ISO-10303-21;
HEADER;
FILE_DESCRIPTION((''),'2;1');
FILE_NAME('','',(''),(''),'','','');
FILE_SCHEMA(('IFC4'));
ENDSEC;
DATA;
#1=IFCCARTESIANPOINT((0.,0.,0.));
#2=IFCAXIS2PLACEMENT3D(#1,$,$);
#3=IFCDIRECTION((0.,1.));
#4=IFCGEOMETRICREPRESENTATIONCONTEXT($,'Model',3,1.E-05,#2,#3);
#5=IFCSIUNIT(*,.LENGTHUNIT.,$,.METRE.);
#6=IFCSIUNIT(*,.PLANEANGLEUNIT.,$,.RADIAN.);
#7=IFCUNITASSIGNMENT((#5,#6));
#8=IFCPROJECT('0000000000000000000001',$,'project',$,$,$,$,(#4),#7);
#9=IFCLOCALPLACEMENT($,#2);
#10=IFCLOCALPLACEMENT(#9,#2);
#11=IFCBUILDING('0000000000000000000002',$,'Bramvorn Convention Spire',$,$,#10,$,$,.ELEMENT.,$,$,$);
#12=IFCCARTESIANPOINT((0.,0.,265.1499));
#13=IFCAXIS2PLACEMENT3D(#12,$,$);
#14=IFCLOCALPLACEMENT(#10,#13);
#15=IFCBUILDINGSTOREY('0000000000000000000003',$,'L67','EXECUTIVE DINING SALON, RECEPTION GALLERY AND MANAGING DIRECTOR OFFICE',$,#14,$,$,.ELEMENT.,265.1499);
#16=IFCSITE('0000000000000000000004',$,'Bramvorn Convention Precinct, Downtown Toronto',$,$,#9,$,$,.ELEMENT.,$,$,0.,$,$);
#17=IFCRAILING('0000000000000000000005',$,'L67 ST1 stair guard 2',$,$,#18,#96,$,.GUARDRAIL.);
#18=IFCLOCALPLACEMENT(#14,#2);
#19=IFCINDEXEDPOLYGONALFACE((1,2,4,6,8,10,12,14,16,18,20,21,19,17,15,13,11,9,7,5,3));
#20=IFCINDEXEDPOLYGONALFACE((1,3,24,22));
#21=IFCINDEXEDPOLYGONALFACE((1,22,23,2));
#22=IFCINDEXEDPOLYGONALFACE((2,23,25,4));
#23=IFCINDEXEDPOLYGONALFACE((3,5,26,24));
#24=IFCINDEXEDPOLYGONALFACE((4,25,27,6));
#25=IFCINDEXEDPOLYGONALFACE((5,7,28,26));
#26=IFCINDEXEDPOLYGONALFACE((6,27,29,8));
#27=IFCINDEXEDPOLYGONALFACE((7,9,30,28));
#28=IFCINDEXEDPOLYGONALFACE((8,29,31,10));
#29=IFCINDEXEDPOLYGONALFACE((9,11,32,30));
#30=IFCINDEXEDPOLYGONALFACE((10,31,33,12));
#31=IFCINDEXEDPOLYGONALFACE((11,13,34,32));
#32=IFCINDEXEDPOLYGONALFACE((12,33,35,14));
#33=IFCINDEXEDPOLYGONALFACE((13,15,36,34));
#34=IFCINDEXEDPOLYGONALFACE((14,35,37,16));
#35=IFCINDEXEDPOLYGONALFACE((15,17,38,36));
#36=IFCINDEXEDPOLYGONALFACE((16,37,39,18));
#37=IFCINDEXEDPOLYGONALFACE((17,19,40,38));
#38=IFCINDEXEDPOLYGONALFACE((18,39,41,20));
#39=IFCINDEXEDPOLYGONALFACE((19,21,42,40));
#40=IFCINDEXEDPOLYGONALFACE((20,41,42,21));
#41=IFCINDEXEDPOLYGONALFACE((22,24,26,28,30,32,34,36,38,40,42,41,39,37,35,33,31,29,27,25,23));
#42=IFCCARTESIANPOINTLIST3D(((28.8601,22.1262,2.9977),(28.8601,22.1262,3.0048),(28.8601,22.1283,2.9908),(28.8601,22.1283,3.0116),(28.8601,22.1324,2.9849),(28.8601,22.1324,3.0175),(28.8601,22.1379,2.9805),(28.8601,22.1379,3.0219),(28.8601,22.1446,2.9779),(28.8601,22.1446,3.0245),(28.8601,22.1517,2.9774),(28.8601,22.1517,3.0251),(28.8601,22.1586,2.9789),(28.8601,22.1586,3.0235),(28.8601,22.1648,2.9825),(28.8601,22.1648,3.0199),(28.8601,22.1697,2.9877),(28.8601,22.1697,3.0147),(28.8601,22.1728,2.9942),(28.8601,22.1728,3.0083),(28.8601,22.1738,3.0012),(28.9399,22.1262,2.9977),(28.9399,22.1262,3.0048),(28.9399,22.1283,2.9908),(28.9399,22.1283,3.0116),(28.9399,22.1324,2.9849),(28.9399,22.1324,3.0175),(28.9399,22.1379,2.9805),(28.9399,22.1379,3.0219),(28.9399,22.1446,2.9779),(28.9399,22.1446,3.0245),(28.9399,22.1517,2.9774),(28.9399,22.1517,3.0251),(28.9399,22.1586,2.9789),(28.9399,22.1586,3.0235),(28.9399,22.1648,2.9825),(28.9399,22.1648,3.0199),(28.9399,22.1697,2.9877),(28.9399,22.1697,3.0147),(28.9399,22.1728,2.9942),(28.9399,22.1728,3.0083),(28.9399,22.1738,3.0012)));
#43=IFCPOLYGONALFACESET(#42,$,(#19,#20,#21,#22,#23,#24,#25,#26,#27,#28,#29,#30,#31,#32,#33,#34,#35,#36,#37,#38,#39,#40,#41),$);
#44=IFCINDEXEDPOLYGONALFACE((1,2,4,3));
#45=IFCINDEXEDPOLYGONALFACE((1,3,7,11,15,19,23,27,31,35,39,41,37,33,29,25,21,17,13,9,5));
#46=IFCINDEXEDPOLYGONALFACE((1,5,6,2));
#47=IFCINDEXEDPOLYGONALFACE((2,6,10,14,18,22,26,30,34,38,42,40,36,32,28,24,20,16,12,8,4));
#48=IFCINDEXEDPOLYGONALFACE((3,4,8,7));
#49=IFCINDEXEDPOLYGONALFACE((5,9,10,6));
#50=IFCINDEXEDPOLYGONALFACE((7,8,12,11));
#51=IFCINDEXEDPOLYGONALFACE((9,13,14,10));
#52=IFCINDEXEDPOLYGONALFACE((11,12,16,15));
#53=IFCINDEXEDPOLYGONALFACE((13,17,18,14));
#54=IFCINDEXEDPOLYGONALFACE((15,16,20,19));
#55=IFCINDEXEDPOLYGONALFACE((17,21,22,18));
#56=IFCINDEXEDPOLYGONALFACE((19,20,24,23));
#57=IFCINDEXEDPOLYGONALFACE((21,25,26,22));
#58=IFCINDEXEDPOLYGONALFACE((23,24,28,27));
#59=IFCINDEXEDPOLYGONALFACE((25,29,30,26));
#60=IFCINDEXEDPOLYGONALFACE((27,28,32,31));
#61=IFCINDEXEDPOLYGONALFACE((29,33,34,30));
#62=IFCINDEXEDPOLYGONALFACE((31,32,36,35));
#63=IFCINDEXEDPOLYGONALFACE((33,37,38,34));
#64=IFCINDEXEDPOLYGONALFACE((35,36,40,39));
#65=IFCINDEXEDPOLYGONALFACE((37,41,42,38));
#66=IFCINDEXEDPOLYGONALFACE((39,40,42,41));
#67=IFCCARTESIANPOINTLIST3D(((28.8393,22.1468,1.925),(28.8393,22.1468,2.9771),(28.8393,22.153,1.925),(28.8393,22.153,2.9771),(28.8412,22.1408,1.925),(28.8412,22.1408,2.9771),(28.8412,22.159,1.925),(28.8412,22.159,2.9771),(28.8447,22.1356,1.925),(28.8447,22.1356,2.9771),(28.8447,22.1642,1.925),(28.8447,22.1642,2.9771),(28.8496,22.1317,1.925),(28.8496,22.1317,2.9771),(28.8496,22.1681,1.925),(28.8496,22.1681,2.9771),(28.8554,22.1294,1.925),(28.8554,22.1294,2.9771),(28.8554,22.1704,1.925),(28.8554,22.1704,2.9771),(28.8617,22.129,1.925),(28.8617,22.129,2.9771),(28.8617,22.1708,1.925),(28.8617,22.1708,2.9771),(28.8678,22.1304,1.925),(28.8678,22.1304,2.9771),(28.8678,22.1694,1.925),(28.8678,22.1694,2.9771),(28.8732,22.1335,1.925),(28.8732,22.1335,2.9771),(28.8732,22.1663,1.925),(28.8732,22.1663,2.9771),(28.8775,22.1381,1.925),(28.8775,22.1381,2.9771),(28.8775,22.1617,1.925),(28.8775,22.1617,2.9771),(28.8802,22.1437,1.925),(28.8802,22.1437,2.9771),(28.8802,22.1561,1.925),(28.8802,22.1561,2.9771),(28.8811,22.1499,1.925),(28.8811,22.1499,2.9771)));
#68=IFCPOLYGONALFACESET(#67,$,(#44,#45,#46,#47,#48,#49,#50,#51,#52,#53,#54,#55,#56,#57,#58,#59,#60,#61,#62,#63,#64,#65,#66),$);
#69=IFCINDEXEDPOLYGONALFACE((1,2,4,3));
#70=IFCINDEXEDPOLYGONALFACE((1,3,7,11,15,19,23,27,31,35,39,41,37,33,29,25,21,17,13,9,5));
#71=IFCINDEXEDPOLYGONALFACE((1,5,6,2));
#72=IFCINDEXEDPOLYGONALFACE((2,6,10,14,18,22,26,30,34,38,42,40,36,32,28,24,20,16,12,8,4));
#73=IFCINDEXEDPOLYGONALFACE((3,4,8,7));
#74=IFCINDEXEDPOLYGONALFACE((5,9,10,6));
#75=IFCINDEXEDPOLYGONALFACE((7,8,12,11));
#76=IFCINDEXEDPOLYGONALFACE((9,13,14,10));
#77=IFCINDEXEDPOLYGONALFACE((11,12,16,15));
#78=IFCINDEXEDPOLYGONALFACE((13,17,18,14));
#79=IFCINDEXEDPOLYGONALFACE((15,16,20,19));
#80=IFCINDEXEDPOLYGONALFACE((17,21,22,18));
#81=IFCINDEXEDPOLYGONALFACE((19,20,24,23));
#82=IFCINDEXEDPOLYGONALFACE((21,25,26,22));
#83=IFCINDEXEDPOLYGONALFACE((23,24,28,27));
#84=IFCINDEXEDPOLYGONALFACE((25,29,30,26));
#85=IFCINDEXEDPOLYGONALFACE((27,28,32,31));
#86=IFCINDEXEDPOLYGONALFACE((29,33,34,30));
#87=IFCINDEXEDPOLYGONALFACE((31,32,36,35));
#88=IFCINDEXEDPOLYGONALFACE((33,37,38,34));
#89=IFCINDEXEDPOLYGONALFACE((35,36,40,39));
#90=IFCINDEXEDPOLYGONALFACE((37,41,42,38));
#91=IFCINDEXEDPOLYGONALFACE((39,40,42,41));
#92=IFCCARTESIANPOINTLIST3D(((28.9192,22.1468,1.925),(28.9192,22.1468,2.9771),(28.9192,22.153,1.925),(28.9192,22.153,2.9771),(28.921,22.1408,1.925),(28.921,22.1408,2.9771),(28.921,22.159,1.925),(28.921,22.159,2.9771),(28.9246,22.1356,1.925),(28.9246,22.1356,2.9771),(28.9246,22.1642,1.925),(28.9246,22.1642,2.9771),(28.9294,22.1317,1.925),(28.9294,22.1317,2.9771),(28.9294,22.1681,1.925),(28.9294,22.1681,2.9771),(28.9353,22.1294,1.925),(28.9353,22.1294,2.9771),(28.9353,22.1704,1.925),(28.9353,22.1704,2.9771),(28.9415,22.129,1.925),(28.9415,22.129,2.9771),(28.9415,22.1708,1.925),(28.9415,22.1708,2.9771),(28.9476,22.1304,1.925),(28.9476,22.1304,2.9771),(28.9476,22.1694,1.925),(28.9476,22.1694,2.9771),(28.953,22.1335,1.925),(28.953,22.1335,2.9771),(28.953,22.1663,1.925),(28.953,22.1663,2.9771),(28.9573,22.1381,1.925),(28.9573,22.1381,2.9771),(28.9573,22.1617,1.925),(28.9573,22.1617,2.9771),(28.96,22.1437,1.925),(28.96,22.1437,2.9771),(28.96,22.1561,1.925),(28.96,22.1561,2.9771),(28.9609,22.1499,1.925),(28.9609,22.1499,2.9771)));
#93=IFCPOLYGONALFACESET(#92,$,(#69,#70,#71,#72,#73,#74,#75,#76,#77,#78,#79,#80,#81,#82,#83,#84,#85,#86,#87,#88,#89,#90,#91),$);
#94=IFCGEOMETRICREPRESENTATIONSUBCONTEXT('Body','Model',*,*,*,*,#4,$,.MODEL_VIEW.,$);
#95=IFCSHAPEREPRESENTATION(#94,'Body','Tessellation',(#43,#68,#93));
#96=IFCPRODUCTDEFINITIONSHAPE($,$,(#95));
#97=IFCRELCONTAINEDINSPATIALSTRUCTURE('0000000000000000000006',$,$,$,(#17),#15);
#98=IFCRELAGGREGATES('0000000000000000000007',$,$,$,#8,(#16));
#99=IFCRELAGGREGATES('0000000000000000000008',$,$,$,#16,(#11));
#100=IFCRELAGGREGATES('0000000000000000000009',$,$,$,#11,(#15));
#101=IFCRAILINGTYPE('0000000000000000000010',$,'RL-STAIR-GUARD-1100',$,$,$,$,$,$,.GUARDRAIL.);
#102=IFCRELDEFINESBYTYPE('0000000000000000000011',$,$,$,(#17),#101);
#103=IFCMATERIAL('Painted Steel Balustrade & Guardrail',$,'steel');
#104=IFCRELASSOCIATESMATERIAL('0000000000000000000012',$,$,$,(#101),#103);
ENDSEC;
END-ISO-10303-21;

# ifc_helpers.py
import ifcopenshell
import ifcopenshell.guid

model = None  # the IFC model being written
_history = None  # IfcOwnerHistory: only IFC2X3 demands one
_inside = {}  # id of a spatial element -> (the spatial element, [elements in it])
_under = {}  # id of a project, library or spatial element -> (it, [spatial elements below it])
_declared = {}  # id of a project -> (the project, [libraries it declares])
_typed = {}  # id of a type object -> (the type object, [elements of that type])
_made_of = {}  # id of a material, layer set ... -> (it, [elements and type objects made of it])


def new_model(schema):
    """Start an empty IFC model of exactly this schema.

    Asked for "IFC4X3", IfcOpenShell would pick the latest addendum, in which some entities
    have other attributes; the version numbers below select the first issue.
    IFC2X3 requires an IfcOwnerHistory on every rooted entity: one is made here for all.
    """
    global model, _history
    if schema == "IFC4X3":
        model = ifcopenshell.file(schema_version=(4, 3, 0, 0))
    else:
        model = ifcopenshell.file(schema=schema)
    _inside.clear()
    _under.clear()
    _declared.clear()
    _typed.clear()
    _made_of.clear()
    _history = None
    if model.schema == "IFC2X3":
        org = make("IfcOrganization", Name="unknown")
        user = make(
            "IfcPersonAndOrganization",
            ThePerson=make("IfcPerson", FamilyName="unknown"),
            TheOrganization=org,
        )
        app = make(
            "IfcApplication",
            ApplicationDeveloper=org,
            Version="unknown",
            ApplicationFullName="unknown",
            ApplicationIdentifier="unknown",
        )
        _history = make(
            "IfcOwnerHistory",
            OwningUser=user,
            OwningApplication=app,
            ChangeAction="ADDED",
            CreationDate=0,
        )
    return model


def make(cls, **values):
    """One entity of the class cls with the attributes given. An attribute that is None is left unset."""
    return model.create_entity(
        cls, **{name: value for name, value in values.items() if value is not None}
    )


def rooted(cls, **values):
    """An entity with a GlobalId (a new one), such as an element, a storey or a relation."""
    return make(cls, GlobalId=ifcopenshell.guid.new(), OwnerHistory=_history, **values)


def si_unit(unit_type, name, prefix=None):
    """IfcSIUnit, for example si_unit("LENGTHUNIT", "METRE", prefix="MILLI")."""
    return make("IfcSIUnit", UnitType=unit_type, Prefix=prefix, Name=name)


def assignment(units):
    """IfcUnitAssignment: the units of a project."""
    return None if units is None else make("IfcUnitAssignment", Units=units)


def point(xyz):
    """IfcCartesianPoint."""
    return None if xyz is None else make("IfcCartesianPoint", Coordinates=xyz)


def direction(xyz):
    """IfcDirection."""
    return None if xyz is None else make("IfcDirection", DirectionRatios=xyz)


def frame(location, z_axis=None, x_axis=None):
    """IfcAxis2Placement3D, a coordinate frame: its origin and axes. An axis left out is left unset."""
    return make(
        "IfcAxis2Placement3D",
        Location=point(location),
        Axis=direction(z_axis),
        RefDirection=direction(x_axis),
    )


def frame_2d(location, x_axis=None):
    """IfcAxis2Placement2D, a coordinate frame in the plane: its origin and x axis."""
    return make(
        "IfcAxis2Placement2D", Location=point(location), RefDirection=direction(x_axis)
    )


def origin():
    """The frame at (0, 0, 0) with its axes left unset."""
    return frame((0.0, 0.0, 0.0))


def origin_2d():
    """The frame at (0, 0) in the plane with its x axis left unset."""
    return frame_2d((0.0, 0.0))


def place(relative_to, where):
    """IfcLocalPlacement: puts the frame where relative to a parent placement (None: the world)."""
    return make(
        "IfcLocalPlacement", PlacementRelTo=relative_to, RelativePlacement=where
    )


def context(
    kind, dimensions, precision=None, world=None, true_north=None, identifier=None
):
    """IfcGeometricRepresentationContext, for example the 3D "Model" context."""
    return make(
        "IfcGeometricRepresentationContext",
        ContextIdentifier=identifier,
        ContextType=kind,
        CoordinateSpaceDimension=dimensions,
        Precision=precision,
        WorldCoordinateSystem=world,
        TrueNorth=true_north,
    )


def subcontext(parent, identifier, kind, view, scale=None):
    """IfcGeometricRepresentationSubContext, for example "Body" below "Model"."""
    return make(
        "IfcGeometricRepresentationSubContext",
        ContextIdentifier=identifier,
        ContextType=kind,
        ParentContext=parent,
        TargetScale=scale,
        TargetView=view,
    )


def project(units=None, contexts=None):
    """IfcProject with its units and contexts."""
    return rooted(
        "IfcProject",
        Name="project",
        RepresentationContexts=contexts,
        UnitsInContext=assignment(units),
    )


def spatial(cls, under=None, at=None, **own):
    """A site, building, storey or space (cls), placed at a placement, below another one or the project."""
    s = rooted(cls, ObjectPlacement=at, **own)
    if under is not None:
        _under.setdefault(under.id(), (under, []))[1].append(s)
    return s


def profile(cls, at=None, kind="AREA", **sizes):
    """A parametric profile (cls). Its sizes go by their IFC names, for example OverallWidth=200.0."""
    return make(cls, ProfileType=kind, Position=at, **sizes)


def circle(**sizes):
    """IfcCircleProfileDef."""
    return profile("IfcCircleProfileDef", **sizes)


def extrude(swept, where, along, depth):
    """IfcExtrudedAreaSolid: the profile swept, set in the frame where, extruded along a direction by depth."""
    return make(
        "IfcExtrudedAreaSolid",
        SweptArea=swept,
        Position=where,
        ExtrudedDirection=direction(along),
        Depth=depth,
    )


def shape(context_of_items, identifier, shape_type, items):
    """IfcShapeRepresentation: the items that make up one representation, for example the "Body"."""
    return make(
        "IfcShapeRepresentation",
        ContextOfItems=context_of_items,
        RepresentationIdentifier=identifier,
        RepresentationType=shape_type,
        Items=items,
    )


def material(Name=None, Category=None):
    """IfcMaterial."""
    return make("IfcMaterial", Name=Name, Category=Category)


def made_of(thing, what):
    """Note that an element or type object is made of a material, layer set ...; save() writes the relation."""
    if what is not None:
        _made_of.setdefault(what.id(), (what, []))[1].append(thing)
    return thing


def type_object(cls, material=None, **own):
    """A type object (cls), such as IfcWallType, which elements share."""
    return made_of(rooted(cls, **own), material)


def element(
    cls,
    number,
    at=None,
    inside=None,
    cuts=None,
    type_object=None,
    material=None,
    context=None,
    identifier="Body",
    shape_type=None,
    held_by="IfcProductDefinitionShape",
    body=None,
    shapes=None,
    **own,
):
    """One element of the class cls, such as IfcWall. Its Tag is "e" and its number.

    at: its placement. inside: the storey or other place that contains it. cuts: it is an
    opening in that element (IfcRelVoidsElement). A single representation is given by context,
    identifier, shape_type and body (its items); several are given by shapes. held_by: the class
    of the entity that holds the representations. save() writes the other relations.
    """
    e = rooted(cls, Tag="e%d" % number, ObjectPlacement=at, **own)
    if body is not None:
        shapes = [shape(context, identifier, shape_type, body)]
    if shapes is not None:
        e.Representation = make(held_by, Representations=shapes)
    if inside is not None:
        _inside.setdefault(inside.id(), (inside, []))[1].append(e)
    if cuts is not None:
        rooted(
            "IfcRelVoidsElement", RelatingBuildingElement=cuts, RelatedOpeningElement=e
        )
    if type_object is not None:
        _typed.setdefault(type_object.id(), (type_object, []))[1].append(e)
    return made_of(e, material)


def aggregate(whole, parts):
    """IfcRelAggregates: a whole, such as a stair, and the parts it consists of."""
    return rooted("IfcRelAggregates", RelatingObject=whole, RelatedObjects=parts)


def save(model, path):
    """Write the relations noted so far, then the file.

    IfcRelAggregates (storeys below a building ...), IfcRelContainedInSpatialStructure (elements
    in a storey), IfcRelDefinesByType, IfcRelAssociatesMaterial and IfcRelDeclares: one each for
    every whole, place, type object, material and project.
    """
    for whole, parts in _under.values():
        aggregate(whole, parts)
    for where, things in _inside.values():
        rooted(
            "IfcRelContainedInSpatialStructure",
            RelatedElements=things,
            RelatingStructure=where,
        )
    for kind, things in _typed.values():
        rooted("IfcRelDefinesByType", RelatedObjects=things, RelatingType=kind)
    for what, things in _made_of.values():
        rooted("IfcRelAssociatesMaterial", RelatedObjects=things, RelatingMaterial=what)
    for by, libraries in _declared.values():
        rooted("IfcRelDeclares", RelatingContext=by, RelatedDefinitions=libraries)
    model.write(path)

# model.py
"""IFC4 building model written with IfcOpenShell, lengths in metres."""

from ifc_helpers import new_model, si_unit, direction, frame, origin, origin_2d, place, context, subcontext, project, spatial, circle, extrude, material, type_object, element, save


model = new_model("IFC4")

# Units and contexts
model_context = context("Model", 3, precision=1e-05, world=origin(), true_north=direction((0.0, 1.0)))
body_context = subcontext(model_context, "Body", "Model", "MODEL_VIEW")
ifc_project = project(units=[si_unit("LENGTHUNIT", "METRE"), si_unit("PLANEANGLEUNIT", "RADIAN")], contexts=[model_context])

# Site, building, storey
site_placement = place(None, origin())
site = spatial("IfcSite", under=ifc_project, at=site_placement, Name="Bramvorn Convention Precinct, Downtown Toronto", CompositionType="ELEMENT", RefElevation=0.0)
building_placement = place(site_placement, origin())
building = spatial("IfcBuilding", under=site, at=building_placement, Name="Bramvorn Convention Spire", CompositionType="ELEMENT")
storey_placement = place(building_placement, frame((0.0, 0.0, 265.1499)))
storey = spatial("IfcBuildingStorey", under=building, at=storey_placement, Name="L67", Description="EXECUTIVE DINING SALON, RECEPTION GALLERY AND MANAGING DIRECTOR OFFICE", CompositionType="ELEMENT", Elevation=265.1499)

# Railing
ifc_material_1 = material(Name="Painted Steel Balustrade & Guardrail", Category="steel")
railing_type_1 = type_object("IfcRailingType", Name="RL-STAIR-GUARD-1100", PredefinedType="GUARDRAIL", material=ifc_material_1)
railing_1_placement = place(storey_placement, frame((28.8601, 22.1499, 1.925)))
element("IfcRailing", 1, at=railing_1_placement, inside=storey, type_object=railing_type_1, Name="L67 ST1 stair guard 2", PredefinedType="GUARDRAIL", context=body_context, shape_type="SweptSolid", body=[
    extrude(circle(Radius=0.0239, at=origin_2d()), frame((0.0, 0.0, 1.0762), z_axis=(1.0, 0.0, 0.0), x_axis=(0.0, 1.0, 0.0)), (0.0, 0.0, 1.0), 0.0798),
    extrude(circle(Radius=0.021, at=origin_2d()), origin(), (0.0, 0.0, 1.0), 1.052),
    extrude(circle(Radius=0.021, at=origin_2d()), frame((0.0798, 0.0, 0.0)), (0.0, 0.0, 1.0), 1.052),
])

save(model, "model.ifc")
